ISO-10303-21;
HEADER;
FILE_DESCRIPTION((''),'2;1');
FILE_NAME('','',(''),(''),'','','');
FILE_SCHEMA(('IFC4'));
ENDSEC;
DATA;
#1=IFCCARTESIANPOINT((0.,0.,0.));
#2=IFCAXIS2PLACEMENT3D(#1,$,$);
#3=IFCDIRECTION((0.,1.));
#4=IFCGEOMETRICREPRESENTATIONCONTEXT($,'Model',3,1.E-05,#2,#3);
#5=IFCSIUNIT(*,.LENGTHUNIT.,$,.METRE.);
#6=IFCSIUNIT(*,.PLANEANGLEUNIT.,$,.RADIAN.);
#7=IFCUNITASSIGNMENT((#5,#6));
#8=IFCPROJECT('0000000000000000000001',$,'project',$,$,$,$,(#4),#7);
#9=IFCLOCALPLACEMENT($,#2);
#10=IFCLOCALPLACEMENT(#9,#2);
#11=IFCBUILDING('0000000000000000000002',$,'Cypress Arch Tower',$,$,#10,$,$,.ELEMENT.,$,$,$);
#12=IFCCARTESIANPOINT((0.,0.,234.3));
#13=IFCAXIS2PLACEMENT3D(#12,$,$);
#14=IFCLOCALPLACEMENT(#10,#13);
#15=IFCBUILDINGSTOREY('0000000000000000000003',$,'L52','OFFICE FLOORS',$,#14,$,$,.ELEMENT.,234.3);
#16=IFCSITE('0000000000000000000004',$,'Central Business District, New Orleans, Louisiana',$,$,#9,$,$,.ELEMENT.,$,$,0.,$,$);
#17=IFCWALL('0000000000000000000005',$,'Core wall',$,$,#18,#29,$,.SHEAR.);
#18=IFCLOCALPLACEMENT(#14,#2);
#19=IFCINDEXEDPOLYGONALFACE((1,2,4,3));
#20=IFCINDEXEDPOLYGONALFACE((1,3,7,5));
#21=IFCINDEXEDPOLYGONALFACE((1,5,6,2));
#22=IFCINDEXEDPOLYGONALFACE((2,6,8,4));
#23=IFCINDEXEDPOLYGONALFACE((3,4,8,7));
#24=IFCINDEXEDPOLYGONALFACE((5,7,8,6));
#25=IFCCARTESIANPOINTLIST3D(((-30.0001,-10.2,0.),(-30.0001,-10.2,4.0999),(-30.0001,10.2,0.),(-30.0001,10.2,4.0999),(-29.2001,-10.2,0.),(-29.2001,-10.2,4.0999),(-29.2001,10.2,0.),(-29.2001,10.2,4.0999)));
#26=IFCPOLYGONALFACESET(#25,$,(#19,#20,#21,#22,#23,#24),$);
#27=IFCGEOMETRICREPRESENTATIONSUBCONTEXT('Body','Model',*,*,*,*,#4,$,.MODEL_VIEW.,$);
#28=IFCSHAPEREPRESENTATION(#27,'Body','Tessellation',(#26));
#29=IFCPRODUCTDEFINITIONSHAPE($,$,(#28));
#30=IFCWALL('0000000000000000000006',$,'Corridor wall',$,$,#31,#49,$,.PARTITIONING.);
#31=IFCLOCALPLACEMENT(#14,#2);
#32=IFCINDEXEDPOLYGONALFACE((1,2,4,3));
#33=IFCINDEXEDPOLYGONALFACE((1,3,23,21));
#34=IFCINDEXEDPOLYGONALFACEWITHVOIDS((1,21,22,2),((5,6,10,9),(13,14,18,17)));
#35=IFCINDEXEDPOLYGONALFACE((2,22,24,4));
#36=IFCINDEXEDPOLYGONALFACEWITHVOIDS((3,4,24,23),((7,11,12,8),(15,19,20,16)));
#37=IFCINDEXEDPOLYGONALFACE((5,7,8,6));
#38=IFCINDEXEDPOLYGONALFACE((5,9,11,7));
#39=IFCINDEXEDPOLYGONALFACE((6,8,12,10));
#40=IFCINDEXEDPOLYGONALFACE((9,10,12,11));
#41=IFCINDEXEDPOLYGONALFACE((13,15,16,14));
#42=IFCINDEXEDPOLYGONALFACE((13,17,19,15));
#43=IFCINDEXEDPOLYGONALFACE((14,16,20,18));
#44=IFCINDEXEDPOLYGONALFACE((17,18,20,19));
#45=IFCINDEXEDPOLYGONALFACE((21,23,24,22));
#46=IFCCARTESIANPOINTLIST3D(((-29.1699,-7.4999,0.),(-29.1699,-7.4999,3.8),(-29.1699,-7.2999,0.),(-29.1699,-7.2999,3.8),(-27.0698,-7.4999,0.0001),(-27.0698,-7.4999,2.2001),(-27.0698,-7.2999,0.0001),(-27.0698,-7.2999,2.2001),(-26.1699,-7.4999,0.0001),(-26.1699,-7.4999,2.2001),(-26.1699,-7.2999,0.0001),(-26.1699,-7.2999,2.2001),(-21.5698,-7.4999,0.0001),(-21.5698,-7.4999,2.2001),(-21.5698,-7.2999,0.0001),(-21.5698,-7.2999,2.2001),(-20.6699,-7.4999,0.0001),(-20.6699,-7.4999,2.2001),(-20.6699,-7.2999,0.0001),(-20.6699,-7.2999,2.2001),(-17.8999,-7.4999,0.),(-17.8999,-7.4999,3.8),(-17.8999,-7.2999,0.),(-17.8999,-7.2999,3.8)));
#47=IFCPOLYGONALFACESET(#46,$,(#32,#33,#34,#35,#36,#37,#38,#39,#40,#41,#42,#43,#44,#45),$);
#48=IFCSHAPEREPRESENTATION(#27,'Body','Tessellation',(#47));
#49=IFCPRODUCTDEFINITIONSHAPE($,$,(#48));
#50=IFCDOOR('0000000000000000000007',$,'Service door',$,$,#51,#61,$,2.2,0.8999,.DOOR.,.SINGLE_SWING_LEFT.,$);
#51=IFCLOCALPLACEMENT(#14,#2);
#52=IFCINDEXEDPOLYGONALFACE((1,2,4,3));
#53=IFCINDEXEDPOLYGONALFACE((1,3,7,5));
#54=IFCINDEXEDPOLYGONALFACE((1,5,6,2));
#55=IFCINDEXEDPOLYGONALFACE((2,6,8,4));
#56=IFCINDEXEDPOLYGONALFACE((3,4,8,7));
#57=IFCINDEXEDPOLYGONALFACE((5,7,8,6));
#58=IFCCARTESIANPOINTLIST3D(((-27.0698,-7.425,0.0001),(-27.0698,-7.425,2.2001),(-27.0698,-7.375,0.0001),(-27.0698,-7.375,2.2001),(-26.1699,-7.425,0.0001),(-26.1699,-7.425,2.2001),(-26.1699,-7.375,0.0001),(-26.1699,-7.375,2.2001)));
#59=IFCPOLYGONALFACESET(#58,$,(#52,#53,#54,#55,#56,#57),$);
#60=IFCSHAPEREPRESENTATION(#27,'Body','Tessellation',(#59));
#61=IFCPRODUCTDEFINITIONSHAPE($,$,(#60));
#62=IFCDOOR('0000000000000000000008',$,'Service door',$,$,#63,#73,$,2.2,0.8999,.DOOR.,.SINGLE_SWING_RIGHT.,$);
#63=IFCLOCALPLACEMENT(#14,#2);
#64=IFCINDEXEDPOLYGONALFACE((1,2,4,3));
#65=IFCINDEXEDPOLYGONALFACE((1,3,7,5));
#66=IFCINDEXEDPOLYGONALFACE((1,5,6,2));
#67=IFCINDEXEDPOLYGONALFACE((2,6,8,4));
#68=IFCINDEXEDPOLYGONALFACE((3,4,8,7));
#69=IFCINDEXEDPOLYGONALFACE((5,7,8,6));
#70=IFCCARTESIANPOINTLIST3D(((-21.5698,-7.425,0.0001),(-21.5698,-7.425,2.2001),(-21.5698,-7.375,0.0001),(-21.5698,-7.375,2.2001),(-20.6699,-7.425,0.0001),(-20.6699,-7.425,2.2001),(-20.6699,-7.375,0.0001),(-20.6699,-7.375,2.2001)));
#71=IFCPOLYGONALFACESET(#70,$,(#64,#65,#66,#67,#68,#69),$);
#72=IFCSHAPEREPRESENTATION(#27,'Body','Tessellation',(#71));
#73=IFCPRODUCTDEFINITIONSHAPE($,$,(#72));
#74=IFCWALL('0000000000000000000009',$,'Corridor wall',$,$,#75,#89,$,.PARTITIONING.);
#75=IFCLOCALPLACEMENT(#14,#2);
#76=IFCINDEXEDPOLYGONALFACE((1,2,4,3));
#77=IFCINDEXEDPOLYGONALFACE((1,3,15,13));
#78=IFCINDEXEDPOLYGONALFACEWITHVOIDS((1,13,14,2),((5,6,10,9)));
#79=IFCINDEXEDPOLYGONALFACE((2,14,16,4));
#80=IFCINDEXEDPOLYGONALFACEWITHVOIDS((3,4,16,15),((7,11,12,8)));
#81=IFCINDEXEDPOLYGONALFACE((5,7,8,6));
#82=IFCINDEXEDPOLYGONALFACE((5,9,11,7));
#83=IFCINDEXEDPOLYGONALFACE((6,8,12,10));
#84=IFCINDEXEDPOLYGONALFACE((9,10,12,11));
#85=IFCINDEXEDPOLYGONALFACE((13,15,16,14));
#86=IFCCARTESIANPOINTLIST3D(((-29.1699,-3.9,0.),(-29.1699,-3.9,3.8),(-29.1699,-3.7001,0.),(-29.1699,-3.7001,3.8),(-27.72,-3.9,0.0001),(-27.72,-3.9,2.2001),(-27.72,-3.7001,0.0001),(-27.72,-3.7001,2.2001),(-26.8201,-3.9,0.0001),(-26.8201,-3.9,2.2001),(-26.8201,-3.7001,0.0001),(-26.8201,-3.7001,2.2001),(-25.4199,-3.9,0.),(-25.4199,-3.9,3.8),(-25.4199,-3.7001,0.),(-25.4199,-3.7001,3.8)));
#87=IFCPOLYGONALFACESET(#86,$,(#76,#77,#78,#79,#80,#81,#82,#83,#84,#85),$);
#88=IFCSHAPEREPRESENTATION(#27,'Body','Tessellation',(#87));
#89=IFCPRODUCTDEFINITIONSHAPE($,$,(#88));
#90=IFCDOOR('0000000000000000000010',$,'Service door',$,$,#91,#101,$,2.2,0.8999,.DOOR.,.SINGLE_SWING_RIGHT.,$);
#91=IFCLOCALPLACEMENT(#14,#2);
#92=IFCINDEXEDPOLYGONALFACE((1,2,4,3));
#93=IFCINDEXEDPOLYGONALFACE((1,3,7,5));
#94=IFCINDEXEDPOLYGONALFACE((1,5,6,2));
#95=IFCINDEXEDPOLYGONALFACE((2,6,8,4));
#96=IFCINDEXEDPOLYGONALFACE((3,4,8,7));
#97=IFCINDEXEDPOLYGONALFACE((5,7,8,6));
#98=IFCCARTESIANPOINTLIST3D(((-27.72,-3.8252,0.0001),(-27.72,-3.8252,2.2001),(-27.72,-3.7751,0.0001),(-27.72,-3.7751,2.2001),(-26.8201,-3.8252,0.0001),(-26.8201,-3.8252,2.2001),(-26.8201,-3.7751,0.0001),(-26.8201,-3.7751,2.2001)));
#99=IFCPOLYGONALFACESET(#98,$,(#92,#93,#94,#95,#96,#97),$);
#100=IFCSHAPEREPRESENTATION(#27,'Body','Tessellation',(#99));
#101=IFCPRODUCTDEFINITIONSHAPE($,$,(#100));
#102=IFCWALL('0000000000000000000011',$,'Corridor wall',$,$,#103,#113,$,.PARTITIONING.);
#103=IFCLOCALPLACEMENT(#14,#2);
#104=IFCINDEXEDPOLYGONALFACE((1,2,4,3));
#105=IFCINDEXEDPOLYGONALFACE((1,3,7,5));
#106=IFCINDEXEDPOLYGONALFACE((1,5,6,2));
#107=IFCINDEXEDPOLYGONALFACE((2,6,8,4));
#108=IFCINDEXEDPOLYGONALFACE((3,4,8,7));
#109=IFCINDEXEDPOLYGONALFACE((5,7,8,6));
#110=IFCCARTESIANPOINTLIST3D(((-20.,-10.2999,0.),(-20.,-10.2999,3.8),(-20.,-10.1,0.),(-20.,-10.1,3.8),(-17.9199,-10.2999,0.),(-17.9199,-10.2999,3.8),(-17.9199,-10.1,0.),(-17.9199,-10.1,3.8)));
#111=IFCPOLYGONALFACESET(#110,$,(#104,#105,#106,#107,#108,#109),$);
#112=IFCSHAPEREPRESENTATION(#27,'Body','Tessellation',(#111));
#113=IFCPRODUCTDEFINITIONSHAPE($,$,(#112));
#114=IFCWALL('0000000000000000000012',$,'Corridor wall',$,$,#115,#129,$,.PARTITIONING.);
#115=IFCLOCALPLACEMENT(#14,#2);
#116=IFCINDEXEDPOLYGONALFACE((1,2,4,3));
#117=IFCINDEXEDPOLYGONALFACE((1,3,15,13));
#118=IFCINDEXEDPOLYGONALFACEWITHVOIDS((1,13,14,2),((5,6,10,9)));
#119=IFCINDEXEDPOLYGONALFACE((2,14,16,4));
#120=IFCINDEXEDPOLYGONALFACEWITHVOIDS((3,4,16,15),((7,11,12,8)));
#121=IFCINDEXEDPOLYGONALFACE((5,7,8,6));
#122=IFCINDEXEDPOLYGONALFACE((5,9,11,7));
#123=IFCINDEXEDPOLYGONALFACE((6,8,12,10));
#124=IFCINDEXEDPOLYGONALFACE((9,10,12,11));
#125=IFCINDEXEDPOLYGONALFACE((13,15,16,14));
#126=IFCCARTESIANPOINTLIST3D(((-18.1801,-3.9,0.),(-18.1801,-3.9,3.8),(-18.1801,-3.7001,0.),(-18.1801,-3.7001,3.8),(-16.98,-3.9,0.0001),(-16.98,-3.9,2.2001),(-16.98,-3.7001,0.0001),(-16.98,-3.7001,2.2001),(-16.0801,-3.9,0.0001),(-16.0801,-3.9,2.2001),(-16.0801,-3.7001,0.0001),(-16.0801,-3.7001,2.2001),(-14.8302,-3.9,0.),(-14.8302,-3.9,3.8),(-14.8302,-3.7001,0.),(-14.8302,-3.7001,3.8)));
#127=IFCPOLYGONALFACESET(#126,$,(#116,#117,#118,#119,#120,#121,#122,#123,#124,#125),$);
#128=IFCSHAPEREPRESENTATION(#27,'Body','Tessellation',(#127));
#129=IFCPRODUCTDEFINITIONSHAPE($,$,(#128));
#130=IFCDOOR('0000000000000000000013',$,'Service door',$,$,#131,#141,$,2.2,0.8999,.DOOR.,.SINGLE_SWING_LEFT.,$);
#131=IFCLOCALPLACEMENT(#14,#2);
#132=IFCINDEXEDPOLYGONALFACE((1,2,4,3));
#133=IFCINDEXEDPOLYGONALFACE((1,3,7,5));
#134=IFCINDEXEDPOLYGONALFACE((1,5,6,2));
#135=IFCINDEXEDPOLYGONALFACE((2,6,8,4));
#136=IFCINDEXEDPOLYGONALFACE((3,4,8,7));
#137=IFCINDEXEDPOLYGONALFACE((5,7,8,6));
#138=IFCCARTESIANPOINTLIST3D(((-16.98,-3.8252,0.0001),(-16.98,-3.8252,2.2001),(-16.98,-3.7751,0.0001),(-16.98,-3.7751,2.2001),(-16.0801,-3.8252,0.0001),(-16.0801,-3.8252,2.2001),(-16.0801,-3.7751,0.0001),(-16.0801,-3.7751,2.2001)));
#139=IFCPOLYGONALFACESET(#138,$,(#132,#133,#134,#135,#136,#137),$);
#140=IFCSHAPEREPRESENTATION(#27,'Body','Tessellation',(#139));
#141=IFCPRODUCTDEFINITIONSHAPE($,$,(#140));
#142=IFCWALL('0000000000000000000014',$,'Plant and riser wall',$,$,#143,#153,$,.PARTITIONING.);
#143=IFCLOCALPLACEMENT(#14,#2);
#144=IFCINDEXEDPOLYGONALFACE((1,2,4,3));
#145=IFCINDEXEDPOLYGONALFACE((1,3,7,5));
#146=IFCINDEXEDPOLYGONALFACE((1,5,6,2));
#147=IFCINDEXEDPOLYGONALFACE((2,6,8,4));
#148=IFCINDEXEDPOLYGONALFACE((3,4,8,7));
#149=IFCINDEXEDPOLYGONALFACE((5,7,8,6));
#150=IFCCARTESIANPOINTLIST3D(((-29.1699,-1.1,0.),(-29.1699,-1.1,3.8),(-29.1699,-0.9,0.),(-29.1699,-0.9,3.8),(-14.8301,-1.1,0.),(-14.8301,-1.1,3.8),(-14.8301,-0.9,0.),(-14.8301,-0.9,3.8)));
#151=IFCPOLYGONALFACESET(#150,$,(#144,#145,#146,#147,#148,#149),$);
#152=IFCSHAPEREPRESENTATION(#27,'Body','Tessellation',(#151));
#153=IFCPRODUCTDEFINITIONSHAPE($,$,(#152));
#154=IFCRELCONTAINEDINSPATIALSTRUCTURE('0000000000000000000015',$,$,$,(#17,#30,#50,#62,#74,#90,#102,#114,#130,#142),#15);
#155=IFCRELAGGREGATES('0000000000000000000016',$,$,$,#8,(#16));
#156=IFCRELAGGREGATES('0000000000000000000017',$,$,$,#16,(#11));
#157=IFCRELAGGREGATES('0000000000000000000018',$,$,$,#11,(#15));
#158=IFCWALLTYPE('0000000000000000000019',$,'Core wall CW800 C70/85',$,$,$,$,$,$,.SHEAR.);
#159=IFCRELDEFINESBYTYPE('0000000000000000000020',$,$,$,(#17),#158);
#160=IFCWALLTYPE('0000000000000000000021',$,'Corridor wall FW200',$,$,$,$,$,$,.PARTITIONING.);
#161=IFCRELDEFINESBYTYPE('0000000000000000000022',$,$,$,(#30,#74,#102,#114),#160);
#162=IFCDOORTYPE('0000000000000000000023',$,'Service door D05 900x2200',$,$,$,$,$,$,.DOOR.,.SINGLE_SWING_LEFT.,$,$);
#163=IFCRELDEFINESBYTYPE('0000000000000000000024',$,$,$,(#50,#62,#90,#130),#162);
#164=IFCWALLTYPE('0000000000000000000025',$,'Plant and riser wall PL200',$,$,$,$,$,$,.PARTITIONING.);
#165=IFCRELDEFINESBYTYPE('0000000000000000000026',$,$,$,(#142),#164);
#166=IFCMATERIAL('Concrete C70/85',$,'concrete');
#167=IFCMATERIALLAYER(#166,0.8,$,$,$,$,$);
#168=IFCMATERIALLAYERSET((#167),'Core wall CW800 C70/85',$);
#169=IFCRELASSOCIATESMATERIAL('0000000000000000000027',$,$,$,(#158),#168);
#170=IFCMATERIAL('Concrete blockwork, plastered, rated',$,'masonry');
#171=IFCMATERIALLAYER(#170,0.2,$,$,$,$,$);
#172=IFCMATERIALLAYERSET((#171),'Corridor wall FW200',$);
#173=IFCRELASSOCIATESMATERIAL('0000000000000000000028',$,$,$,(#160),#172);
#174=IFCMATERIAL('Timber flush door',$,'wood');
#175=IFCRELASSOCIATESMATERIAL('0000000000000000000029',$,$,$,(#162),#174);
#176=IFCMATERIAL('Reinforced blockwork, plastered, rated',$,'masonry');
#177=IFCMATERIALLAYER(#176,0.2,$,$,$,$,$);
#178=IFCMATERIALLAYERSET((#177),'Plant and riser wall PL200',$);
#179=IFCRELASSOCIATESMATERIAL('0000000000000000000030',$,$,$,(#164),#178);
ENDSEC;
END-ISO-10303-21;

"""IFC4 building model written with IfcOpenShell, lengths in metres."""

from ifc_helpers import new_model, si_unit, direction, frame, frame_2d, origin, place, context, subcontext, project, spatial, rectangle, extrude, material, layer, layer_set, type_object, element, fill, save


model = new_model("IFC4")

# Units and contexts
model_context = context("Model", 3, precision=1e-05, world=origin(), true_north=direction((0.0, 1.0)))
body_context = subcontext(model_context, "Body", "Model", "MODEL_VIEW")
ifc_project = project(units=[si_unit("LENGTHUNIT", "METRE"), si_unit("PLANEANGLEUNIT", "RADIAN")], contexts=[model_context])

# Site, building, storey
site_placement = place(None, origin())
site = spatial("IfcSite", under=ifc_project, at=site_placement, Name="Central Business District, New Orleans, Louisiana", CompositionType="ELEMENT", RefElevation=0.0)
building_placement = place(site_placement, origin())
building = spatial("IfcBuilding", under=site, at=building_placement, Name="Cypress Arch Tower", CompositionType="ELEMENT")
storey_placement = place(building_placement, frame((0.0, 0.0, 234.3)))
storey = spatial("IfcBuildingStorey", under=building, at=storey_placement, Name="L52", Description="OFFICE FLOORS", CompositionType="ELEMENT", Elevation=234.3)

# Wall
ifc_material_1 = material(Name="Concrete C70/85", Category="concrete")
ifc_layer_1 = layer(ifc_material_1, 0.8)
ifc_layer_set_1 = layer_set([ifc_layer_1], Name="Core wall CW800 C70/85")
wall_type_1 = type_object("IfcWallType", Name="Core wall CW800 C70/85", PredefinedType="SHEAR", material=ifc_layer_set_1)
wall_1_placement = place(storey_placement, frame((-29.6001, -10.2, 0.0), z_axis=(0.0, 0.0, 1.0), x_axis=(0.0, 1.0, 0.0)))
element("IfcWall", 1, at=wall_1_placement, inside=storey, type_object=wall_type_1, Name="Core wall", PredefinedType="SHEAR", context=body_context, shape_type="SweptSolid", body=[
    extrude(rectangle(XDim=20.3999, YDim=0.8, at=frame_2d((10.2, 0.0))), origin(), (0.0, 0.0, 1.0), 4.0999),
])

# Wall, openings, doors
ifc_material_2 = material(Name="Concrete blockwork, plastered, rated", Category="masonry")
ifc_layer_2 = layer(ifc_material_2, 0.2)
ifc_layer_set_2 = layer_set([ifc_layer_2], Name="Corridor wall FW200")
wall_type_2 = type_object("IfcWallType", Name="Corridor wall FW200", PredefinedType="PARTITIONING", material=ifc_layer_set_2)
wall_2_placement = place(storey_placement, frame((-29.1699, -7.3999, 0.0), z_axis=(0.0, 0.0, 1.0), x_axis=(1.0, 0.0, 0.0)))
wall_2 = element("IfcWall", 2, at=wall_2_placement, inside=storey, type_object=wall_type_2, Name="Corridor wall", PredefinedType="PARTITIONING", context=body_context, shape_type="SweptSolid", body=[
    extrude(rectangle(XDim=11.27, YDim=0.2, at=frame_2d((5.635, 0.0))), origin(), (0.0, 0.0, 1.0), 3.8),
])
opening_1_placement = place(wall_2_placement, frame((2.1001, 0.0, 0.0)))
opening_1 = element("IfcOpeningElement", 3, at=opening_1_placement, cuts=wall_2, PredefinedType="OPENING", context=body_context, shape_type="SweptSolid", body=[
    extrude(rectangle(XDim=0.8999, YDim=2.2, at=frame_2d((0.45, 1.1001))), frame((0.0, 0.1099, 0.0), z_axis=(0.0, -1.0, 0.0), x_axis=(1.0, 0.0, 0.0)), (0.0, 0.0, 1.0), 0.22),
])
opening_2_placement = place(wall_2_placement, frame((7.6001, 0.0, 0.0)))
opening_2 = element("IfcOpeningElement", 4, at=opening_2_placement, cuts=wall_2, PredefinedType="OPENING", context=body_context, shape_type="SweptSolid", body=[
    extrude(rectangle(XDim=0.8999, YDim=2.2, at=frame_2d((0.45, 1.1001))), frame((0.0, 0.1099, 0.0), z_axis=(0.0, -1.0, 0.0), x_axis=(1.0, 0.0, 0.0)), (0.0, 0.0, 1.0), 0.22),
])
ifc_material_3 = material(Name="Timber flush door", Category="wood")
door_type_1 = type_object("IfcDoorType", Name="Service door D05 900x2200", OperationType="SINGLE_SWING_LEFT", PredefinedType="DOOR", material=ifc_material_3)
door_1_placement = place(opening_1_placement, origin())
door_1 = element("IfcDoor", 5, at=door_1_placement, inside=storey, type_object=door_type_1, Name="Service door", OperationType="SINGLE_SWING_LEFT", OverallHeight=2.2, OverallWidth=0.8999, PredefinedType="DOOR", context=body_context, shape_type="SweptSolid", body=[
    extrude(rectangle(XDim=0.8999, YDim=2.2, at=frame_2d((0.45, 1.1001))), frame((0.0, 0.0249, 0.0), z_axis=(0.0, -1.0, 0.0), x_axis=(1.0, 0.0, 0.0)), (0.0, 0.0, 1.0), 0.05),
])
fill(opening_1, door_1)
door_2_placement = place(opening_2_placement, origin())
door_2 = element("IfcDoor", 6, at=door_2_placement, inside=storey, type_object=door_type_1, Name="Service door", OperationType="SINGLE_SWING_RIGHT", OverallHeight=2.2, OverallWidth=0.8999, PredefinedType="DOOR", context=body_context, shape_type="SweptSolid", body=[
    extrude(rectangle(XDim=0.8999, YDim=2.2, at=frame_2d((0.45, 1.1001))), frame((0.0, 0.0249, 0.0), z_axis=(0.0, -1.0, 0.0), x_axis=(1.0, 0.0, 0.0)), (0.0, 0.0, 1.0), 0.05),
])
fill(opening_2, door_2)

# Wall, opening, door
wall_3_placement = place(storey_placement, frame((-29.1699, -3.8, 0.0), z_axis=(0.0, 0.0, 1.0), x_axis=(1.0, 0.0, 0.0)))
wall_3 = element("IfcWall", 7, at=wall_3_placement, inside=storey, type_object=wall_type_2, Name="Corridor wall", PredefinedType="PARTITIONING", context=body_context, shape_type="SweptSolid", body=[
    extrude(rectangle(XDim=3.75, YDim=0.2, at=frame_2d((1.875, 0.0))), origin(), (0.0, 0.0, 1.0), 3.8),
])
opening_3_placement = place(wall_3_placement, frame((1.45, 0.0, 0.0)))
opening_3 = element("IfcOpeningElement", 8, at=opening_3_placement, cuts=wall_3, PredefinedType="OPENING", context=body_context, shape_type="SweptSolid", body=[
    extrude(rectangle(XDim=0.8999, YDim=2.2, at=frame_2d((0.45, 1.1001))), frame((0.0, 0.1099, 0.0), z_axis=(0.0, -1.0, 0.0), x_axis=(1.0, 0.0, 0.0)), (0.0, 0.0, 1.0), 0.22),
])
door_3_placement = place(opening_3_placement, origin())
door_3 = element("IfcDoor", 9, at=door_3_placement, inside=storey, type_object=door_type_1, Name="Service door", OperationType="SINGLE_SWING_RIGHT", OverallHeight=2.2, OverallWidth=0.8999, PredefinedType="DOOR", context=body_context, shape_type="SweptSolid", body=[
    extrude(rectangle(XDim=0.8999, YDim=2.2, at=frame_2d((0.45, 1.1001))), frame((0.0, 0.0249, 0.0), z_axis=(0.0, -1.0, 0.0), x_axis=(1.0, 0.0, 0.0)), (0.0, 0.0, 1.0), 0.05),
])
fill(opening_3, door_3)

# Wall
wall_4_placement = place(storey_placement, frame((-20.0, -10.2, 0.0), z_axis=(0.0, 0.0, 1.0), x_axis=(1.0, 0.0, 0.0)))
element("IfcWall", 10, at=wall_4_placement, inside=storey, type_object=wall_type_2, Name="Corridor wall", PredefinedType="PARTITIONING", context=body_context, shape_type="SweptSolid", body=[
    extrude(rectangle(XDim=2.0801, YDim=0.2, at=frame_2d((1.04, 0.0))), origin(), (0.0, 0.0, 1.0), 3.8),
])

# Wall, opening, door
wall_5_placement = place(storey_placement, frame((-18.1799, -3.8, 0.0), z_axis=(0.0, 0.0, 1.0), x_axis=(1.0, 0.0, 0.0)))
wall_5 = element("IfcWall", 11, at=wall_5_placement, inside=storey, type_object=wall_type_2, Name="Corridor wall", PredefinedType="PARTITIONING", context=body_context, shape_type="SweptSolid", body=[
    extrude(rectangle(XDim=3.3499, YDim=0.2, at=frame_2d((1.6748, 0.0))), origin(), (0.0, 0.0, 1.0), 3.8),
])
opening_4_placement = place(wall_5_placement, frame((1.2, 0.0, 0.0)))
opening_4 = element("IfcOpeningElement", 12, at=opening_4_placement, cuts=wall_5, PredefinedType="OPENING", context=body_context, shape_type="SweptSolid", body=[
    extrude(rectangle(XDim=0.8999, YDim=2.2, at=frame_2d((0.45, 1.1001))), frame((0.0, 0.1099, 0.0), z_axis=(0.0, -1.0, 0.0), x_axis=(1.0, 0.0, 0.0)), (0.0, 0.0, 1.0), 0.22),
])
door_4_placement = place(opening_4_placement, origin())
door_4 = element("IfcDoor", 13, at=door_4_placement, inside=storey, type_object=door_type_1, Name="Service door", OperationType="SINGLE_SWING_LEFT", OverallHeight=2.2, OverallWidth=0.8999, PredefinedType="DOOR", context=body_context, shape_type="SweptSolid", body=[
    extrude(rectangle(XDim=0.8999, YDim=2.2, at=frame_2d((0.45, 1.1001))), frame((0.0, 0.0249, 0.0), z_axis=(0.0, -1.0, 0.0), x_axis=(1.0, 0.0, 0.0)), (0.0, 0.0, 1.0), 0.05),
])
fill(opening_4, door_4)

# Wall
ifc_material_4 = material(Name="Reinforced blockwork, plastered, rated", Category="masonry")
ifc_layer_3 = layer(ifc_material_4, 0.2)
ifc_layer_set_3 = layer_set([ifc_layer_3], Name="Plant and riser wall PL200")
wall_type_3 = type_object("IfcWallType", Name="Plant and riser wall PL200", PredefinedType="PARTITIONING", material=ifc_layer_set_3)
wall_6_placement = place(storey_placement, frame((-29.1699, -1.0, 0.0), z_axis=(0.0, 0.0, 1.0), x_axis=(1.0, 0.0, 0.0)))
element("IfcWall", 14, at=wall_6_placement, inside=storey, type_object=wall_type_3, Name="Plant and riser wall", PredefinedType="PARTITIONING", context=body_context, shape_type="SweptSolid", body=[
    extrude(rectangle(XDim=14.3398, YDim=0.2, at=frame_2d((7.1699, 0.0))), origin(), (0.0, 0.0, 1.0), 3.8),
])

save(model, "model.ifc")
